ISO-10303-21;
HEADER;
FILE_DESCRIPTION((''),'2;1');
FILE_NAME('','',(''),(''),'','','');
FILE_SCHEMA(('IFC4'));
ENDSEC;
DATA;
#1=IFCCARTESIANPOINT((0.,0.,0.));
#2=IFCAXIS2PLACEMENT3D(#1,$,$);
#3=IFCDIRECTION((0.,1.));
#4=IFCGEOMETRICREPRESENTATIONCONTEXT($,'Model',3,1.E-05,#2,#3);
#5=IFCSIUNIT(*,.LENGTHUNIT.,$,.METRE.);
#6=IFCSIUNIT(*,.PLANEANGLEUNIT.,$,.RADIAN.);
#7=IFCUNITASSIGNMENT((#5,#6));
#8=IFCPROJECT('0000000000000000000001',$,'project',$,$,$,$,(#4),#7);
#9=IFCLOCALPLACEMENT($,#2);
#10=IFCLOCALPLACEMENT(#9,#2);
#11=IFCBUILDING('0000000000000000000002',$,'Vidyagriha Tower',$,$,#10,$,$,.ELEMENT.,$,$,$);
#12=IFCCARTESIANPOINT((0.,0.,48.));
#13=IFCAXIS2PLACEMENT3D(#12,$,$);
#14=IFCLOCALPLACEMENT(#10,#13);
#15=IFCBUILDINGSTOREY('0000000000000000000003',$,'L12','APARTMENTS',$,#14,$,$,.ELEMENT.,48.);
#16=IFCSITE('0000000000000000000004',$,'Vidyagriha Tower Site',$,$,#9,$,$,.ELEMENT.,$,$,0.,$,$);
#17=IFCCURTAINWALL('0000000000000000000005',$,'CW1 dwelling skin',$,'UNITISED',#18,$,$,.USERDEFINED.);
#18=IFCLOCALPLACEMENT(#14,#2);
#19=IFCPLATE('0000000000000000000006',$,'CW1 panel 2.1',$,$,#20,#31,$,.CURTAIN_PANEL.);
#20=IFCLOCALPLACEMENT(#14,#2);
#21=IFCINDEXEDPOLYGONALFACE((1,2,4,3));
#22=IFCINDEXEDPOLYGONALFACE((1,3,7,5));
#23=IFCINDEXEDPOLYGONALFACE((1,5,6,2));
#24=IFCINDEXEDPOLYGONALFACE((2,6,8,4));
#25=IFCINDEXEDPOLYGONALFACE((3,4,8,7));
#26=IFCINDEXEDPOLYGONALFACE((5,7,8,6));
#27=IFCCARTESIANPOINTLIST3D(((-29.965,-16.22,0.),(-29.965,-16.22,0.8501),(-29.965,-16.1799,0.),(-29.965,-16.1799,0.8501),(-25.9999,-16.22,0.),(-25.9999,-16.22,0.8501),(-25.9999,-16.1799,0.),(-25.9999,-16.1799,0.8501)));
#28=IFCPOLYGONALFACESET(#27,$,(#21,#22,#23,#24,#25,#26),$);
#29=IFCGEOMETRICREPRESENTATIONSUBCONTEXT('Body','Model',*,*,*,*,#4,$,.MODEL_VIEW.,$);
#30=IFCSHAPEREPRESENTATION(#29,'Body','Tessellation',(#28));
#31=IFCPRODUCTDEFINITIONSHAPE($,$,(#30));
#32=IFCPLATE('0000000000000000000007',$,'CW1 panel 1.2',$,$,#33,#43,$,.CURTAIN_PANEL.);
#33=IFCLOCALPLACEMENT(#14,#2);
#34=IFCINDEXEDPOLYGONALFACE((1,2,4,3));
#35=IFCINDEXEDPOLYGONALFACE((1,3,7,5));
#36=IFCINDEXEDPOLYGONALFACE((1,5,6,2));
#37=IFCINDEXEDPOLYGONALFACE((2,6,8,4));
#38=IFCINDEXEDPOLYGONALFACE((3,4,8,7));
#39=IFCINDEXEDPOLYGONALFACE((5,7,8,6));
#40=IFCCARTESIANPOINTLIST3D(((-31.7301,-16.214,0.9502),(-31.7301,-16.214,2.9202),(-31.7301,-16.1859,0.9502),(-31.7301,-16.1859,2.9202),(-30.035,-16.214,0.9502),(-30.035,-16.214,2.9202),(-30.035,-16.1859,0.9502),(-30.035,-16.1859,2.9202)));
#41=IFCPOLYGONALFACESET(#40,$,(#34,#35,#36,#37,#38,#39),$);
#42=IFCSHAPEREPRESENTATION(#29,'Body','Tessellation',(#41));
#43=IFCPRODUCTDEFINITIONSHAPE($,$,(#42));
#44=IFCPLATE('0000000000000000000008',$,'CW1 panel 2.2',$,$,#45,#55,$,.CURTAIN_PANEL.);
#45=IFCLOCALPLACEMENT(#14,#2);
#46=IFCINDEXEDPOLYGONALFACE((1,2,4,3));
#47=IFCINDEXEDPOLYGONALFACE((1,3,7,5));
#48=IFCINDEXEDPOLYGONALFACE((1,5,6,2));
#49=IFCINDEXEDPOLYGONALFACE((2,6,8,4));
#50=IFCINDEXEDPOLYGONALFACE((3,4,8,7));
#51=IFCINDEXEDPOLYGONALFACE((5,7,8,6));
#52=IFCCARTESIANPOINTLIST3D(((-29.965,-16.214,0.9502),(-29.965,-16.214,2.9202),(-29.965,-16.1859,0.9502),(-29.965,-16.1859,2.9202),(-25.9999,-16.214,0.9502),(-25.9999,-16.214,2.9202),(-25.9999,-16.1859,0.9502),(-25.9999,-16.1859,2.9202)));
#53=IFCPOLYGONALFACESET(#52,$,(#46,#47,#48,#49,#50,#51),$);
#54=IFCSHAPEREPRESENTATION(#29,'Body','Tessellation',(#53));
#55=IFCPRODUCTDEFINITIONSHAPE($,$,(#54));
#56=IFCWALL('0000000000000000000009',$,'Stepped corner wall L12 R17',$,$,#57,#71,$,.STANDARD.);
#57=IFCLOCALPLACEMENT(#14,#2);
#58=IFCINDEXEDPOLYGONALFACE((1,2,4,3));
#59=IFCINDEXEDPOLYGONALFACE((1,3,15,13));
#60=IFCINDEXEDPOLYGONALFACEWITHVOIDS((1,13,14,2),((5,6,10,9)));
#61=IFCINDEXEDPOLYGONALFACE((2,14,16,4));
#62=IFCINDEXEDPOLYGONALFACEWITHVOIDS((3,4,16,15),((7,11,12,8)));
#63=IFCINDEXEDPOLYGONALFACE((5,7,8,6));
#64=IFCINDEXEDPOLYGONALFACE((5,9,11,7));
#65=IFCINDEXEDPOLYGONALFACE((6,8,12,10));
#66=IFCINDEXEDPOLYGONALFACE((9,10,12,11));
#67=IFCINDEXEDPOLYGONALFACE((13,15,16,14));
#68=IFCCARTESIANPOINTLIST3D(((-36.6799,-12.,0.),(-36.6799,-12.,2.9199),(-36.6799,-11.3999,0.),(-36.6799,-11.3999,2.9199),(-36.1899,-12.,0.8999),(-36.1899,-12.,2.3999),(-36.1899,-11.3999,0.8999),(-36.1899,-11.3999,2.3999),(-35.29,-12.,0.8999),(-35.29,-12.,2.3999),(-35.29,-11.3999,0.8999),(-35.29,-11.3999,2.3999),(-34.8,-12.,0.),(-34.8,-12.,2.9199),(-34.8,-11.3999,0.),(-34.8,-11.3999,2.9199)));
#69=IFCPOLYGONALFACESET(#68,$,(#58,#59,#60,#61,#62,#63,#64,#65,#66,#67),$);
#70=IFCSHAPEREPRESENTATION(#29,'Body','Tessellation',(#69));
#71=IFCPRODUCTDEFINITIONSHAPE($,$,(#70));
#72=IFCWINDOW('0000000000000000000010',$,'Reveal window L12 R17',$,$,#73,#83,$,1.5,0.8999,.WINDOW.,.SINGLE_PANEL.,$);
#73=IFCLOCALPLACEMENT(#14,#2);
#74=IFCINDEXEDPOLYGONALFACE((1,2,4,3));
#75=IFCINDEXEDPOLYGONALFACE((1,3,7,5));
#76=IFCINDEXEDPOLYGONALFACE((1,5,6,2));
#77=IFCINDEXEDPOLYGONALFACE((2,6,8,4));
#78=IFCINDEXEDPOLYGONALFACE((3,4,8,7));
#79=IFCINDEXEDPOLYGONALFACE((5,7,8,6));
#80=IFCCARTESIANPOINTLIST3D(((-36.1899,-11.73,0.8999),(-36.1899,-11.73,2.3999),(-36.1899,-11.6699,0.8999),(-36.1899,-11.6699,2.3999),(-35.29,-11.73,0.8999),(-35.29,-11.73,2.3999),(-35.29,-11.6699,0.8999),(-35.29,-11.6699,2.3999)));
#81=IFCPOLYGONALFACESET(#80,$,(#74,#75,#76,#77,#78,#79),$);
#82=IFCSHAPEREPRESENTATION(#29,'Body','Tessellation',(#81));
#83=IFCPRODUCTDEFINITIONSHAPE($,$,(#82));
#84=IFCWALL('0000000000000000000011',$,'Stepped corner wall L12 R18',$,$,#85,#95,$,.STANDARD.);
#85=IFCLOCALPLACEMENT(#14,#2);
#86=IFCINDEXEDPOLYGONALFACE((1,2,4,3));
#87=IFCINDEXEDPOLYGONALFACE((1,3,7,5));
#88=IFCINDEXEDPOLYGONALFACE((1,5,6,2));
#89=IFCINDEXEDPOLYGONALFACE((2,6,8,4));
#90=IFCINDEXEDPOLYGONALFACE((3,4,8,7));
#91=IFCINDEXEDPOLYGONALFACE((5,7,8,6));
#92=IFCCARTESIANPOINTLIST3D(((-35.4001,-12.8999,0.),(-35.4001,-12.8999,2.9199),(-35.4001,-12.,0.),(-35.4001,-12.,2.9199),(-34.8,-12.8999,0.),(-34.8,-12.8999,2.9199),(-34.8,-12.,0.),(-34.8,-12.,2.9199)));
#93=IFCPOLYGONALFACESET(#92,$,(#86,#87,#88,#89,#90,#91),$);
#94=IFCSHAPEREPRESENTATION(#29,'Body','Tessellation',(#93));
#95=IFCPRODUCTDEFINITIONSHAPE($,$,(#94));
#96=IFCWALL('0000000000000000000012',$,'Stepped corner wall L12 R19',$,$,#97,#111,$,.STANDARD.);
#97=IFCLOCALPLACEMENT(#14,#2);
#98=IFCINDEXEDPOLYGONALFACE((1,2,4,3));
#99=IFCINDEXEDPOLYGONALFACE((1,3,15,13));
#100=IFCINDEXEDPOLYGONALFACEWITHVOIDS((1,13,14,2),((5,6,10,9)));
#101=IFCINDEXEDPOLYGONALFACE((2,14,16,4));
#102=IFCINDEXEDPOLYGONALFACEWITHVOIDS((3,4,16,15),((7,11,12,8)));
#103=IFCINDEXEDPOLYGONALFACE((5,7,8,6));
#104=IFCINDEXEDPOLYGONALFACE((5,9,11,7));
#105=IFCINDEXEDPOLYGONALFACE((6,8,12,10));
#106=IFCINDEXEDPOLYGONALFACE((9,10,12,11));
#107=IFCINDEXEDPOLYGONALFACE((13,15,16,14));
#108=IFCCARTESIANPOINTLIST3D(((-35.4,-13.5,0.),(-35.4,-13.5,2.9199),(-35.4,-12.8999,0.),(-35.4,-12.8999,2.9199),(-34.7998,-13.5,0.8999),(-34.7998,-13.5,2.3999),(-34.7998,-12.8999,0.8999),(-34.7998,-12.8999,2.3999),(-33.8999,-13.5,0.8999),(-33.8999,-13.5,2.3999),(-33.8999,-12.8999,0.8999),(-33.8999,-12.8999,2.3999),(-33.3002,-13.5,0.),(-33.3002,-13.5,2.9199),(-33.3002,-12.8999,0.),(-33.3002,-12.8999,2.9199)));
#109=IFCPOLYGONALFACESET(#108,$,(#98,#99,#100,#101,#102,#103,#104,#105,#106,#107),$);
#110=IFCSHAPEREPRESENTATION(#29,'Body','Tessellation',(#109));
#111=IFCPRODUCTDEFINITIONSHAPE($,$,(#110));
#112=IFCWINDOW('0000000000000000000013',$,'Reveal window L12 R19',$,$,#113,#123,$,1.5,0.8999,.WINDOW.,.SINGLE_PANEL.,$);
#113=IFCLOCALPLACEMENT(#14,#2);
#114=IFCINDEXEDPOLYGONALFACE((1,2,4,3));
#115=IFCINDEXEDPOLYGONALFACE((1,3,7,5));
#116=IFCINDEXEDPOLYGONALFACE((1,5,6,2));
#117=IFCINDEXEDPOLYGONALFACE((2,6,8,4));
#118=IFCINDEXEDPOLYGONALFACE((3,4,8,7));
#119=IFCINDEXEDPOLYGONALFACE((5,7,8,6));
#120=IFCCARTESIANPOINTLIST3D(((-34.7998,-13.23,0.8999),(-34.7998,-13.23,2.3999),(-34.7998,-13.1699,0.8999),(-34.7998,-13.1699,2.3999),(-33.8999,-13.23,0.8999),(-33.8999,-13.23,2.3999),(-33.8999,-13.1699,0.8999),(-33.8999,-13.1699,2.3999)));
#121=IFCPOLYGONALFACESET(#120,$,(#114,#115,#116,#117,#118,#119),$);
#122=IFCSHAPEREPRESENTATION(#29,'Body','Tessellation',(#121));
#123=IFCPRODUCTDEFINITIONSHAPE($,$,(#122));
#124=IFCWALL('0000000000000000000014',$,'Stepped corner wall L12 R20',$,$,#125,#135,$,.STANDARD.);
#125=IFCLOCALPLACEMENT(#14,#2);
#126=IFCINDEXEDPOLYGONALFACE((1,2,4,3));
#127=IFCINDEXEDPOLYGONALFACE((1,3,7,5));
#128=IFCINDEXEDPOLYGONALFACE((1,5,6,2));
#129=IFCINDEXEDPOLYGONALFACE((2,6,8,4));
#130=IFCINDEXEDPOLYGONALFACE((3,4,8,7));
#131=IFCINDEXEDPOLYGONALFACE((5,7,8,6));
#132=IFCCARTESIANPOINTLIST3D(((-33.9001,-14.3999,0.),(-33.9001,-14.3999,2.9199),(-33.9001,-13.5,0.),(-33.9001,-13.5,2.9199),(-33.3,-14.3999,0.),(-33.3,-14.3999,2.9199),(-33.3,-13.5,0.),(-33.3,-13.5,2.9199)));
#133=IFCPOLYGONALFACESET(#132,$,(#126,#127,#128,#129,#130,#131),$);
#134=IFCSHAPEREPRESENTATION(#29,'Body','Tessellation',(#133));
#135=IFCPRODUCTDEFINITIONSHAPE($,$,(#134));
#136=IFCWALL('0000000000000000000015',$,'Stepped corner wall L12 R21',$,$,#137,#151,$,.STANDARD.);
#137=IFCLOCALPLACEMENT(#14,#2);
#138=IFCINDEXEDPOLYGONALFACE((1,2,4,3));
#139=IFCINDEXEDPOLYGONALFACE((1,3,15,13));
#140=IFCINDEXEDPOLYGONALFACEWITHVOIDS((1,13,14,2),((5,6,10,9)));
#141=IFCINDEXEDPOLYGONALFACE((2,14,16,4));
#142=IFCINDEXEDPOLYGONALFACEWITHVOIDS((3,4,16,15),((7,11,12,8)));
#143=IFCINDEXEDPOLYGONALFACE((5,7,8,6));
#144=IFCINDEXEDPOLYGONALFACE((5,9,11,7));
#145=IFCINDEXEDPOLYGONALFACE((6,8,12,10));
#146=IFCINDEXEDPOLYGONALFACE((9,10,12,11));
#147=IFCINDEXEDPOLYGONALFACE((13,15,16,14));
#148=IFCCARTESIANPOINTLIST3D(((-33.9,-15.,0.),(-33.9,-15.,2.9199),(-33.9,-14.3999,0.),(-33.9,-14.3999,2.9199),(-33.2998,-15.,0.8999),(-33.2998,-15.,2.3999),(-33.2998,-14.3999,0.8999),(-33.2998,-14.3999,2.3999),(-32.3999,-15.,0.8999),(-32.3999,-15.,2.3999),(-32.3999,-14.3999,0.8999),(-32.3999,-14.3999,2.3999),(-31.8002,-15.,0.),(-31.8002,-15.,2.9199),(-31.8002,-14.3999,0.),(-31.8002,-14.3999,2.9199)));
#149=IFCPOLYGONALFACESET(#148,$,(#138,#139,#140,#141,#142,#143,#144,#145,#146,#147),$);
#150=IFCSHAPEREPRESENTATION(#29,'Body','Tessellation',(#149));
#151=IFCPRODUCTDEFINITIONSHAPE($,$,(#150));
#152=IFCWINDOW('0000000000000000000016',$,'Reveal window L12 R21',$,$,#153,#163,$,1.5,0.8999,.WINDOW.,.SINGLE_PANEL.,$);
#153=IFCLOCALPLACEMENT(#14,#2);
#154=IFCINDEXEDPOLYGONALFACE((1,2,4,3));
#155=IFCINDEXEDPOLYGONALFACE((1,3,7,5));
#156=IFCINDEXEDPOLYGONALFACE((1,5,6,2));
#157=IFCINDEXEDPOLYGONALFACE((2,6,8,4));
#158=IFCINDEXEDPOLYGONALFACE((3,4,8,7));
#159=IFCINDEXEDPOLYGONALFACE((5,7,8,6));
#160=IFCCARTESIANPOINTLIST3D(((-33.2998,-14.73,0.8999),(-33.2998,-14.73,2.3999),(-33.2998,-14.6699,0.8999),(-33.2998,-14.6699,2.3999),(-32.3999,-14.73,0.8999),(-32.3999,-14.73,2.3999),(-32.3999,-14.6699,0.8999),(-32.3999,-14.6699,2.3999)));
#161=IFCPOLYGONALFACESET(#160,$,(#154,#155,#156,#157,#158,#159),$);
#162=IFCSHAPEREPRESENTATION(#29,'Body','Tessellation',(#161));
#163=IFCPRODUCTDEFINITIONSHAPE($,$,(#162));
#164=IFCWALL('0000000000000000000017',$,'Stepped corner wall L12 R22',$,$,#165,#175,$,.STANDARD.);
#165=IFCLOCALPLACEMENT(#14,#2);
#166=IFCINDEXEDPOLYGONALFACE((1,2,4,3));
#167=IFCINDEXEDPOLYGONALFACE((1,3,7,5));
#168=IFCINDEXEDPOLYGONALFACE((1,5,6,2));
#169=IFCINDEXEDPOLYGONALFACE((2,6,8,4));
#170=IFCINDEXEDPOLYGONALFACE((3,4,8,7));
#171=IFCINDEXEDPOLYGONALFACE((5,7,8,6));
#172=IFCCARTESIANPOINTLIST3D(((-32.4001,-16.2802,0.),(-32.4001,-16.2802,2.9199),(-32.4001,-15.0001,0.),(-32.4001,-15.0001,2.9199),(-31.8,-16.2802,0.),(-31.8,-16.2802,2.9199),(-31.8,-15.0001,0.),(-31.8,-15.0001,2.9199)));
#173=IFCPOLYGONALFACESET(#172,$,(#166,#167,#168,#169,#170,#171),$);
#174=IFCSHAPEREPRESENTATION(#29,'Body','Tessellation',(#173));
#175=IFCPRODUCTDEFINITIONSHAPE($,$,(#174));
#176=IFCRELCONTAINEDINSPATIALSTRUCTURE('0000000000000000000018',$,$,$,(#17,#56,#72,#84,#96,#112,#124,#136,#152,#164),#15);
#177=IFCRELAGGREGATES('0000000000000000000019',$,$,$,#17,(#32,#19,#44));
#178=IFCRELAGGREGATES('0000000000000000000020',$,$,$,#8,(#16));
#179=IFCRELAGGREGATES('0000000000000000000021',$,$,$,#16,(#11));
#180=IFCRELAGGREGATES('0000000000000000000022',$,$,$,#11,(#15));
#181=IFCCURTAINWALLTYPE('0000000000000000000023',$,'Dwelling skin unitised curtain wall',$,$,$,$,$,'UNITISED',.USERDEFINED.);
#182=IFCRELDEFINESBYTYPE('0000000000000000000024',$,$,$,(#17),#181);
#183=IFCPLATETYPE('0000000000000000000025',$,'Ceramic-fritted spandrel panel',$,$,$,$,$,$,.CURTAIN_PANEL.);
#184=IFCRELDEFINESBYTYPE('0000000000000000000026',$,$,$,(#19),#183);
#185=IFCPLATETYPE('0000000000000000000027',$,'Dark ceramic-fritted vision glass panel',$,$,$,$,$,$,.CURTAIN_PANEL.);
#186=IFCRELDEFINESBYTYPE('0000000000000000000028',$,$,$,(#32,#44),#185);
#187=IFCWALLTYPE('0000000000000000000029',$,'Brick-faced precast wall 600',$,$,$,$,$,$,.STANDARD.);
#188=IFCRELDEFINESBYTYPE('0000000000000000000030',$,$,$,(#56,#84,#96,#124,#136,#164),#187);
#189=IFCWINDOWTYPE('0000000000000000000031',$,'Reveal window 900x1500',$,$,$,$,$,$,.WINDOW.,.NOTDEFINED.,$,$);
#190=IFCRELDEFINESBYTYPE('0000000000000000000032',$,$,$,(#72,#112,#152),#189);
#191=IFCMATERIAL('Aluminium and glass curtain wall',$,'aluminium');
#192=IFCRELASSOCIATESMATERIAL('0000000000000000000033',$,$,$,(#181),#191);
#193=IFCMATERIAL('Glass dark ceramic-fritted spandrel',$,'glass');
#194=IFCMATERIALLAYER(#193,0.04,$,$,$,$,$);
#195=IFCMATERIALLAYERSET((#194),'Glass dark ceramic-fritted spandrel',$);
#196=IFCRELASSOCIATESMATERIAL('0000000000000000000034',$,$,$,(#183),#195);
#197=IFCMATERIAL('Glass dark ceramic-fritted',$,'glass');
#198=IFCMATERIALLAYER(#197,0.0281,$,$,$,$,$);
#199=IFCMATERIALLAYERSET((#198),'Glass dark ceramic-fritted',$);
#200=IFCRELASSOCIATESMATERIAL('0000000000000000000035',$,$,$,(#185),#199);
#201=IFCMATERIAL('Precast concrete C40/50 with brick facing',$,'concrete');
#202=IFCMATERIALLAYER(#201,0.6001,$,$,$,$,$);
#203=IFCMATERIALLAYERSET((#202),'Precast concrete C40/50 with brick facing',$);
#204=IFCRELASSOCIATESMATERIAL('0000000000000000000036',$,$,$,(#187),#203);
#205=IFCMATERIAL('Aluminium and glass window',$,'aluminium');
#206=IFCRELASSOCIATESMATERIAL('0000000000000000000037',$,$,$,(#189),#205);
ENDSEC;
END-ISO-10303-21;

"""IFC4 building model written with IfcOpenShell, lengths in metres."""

from ifc_helpers import new_model, si_unit, direction, frame, frame_2d, origin, origin_2d, place, context, subcontext, project, spatial, rectangle, extrude, material, layer, layer_set, type_object, element, fill, aggregate, save


model = new_model("IFC4")

# Units and contexts
model_context = context("Model", 3, precision=1e-05, world=origin(), true_north=direction((0.0, 1.0)))
body_context = subcontext(model_context, "Body", "Model", "MODEL_VIEW")
ifc_project = project(units=[si_unit("LENGTHUNIT", "METRE"), si_unit("PLANEANGLEUNIT", "RADIAN")], contexts=[model_context])

# Site, building, storey
site_placement = place(None, origin())
site = spatial("IfcSite", under=ifc_project, at=site_placement, Name="Vidyagriha Tower Site", CompositionType="ELEMENT", RefElevation=0.0)
building_placement = place(site_placement, origin())
building = spatial("IfcBuilding", under=site, at=building_placement, Name="Vidyagriha Tower", CompositionType="ELEMENT")
storey_placement = place(building_placement, frame((0.0, 0.0, 48.0)))
storey = spatial("IfcBuildingStorey", under=building, at=storey_placement, Name="L12", Description="APARTMENTS", CompositionType="ELEMENT", Elevation=48.0)

# Curtain wall, plates
ifc_material_1 = material(Name="Aluminium and glass curtain wall", Category="aluminium")
curtain_wall_type = type_object("IfcCurtainWallType", Name="Dwelling skin unitised curtain wall", ElementType="UNITISED", PredefinedType="USERDEFINED", material=ifc_material_1)
curtain_wall_placement = place(storey_placement, origin())
curtain_wall = element("IfcCurtainWall", 1, at=curtain_wall_placement, inside=storey, type_object=curtain_wall_type, Name="CW1 dwelling skin", ObjectType="UNITISED", PredefinedType="USERDEFINED")
ifc_material_2 = material(Name="Glass dark ceramic-fritted spandrel", Category="glass")
ifc_layer_1 = layer(ifc_material_2, 0.04)
ifc_layer_set_1 = layer_set([ifc_layer_1], Name="Glass dark ceramic-fritted spandrel")
plate_type_1 = type_object("IfcPlateType", Name="Ceramic-fritted spandrel panel", PredefinedType="CURTAIN_PANEL", material=ifc_layer_set_1)
plate_1_placement = place(storey_placement, frame((-27.9824, -16.2, 0.0)))
plate_1 = element("IfcPlate", 2, at=plate_1_placement, type_object=plate_type_1, Name="CW1 panel 2.1", PredefinedType="CURTAIN_PANEL", context=body_context, shape_type="SweptSolid", body=[
    extrude(rectangle(XDim=3.9651, YDim=0.04, at=origin_2d()), origin(), (0.0, 0.0, 1.0), 0.8501),
])
ifc_material_3 = material(Name="Glass dark ceramic-fritted", Category="glass")
ifc_layer_2 = layer(ifc_material_3, 0.0281)
ifc_layer_set_2 = layer_set([ifc_layer_2], Name="Glass dark ceramic-fritted")
plate_type_2 = type_object("IfcPlateType", Name="Dark ceramic-fritted vision glass panel", PredefinedType="CURTAIN_PANEL", material=ifc_layer_set_2)
plate_2_placement = place(storey_placement, frame((-30.8826, -16.2, 0.9502)))
plate_2 = element("IfcPlate", 3, at=plate_2_placement, type_object=plate_type_2, Name="CW1 panel 1.2", PredefinedType="CURTAIN_PANEL", context=body_context, shape_type="SweptSolid", body=[
    extrude(rectangle(XDim=1.6951, YDim=0.0281, at=origin_2d()), origin(), (0.0, 0.0, 1.0), 1.97),
])
plate_3_placement = place(storey_placement, frame((-27.9824, -16.2, 0.9502)))
plate_3 = element("IfcPlate", 4, at=plate_3_placement, type_object=plate_type_2, Name="CW1 panel 2.2", PredefinedType="CURTAIN_PANEL", context=body_context, shape_type="SweptSolid", body=[
    extrude(rectangle(XDim=3.9651, YDim=0.0281, at=origin_2d()), origin(), (0.0, 0.0, 1.0), 1.97),
])
aggregate(curtain_wall, [plate_2, plate_1, plate_3])

# Wall, opening, window
ifc_material_4 = material(Name="Precast concrete C40/50 with brick facing", Category="concrete")
ifc_layer_3 = layer(ifc_material_4, 0.6001)
ifc_layer_set_3 = layer_set([ifc_layer_3], Name="Precast concrete C40/50 with brick facing")
wall_type = type_object("IfcWallType", Name="Brick-faced precast wall 600", PredefinedType="STANDARD", material=ifc_layer_set_3)
wall_1_placement = place(storey_placement, frame((-36.6799, -11.7, 0.0)))
wall_1 = element("IfcWall", 5, at=wall_1_placement, inside=storey, type_object=wall_type, Name="Stepped corner wall L12 R17", PredefinedType="STANDARD", context=body_context, shape_type="SweptSolid", body=[
    extrude(rectangle(XDim=1.8799, YDim=0.6001, at=frame_2d((0.9399, 0.0))), origin(), (0.0, 0.0, 1.0), 2.9199),
])
opening_1_placement = place(wall_1_placement, frame((0.49, 0.0, 0.8999)))
opening_1 = element("IfcOpeningElement", 6, at=opening_1_placement, cuts=wall_1, PredefinedType="OPENING", context=body_context, shape_type="SweptSolid", body=[
    extrude(rectangle(XDim=0.8999, YDim=1.5, at=frame_2d((0.45, 0.75))), frame((0.0, 0.3101, 0.0), z_axis=(0.0, -1.0, 0.0), x_axis=(1.0, 0.0, 0.0)), (0.0, 0.0, 1.0), 0.6201),
])
ifc_material_5 = material(Name="Aluminium and glass window", Category="aluminium")
window_type = type_object("IfcWindowType", Name="Reveal window 900x1500", PartitioningType="NOTDEFINED", PredefinedType="WINDOW", material=ifc_material_5)
window_1_placement = place(opening_1_placement, origin())
window_1 = element("IfcWindow", 7, at=window_1_placement, inside=storey, type_object=window_type, Name="Reveal window L12 R17", OverallHeight=1.5, OverallWidth=0.8999, PartitioningType="SINGLE_PANEL", PredefinedType="WINDOW", context=body_context, shape_type="SweptSolid", body=[
    extrude(rectangle(XDim=0.8999, YDim=1.5, at=frame_2d((0.45, 0.75))), frame((0.0, 0.03, 0.0), z_axis=(0.0, -1.0, 0.0), x_axis=(1.0, 0.0, 0.0)), (0.0, 0.0, 1.0), 0.0601),
])
fill(opening_1, window_1)

# Wall
wall_2_placement = place(storey_placement, frame((-35.1001, -12.0, 0.0), z_axis=(0.0, 0.0, 1.0), x_axis=(0.0, -1.0, 0.0)))
element("IfcWall", 8, at=wall_2_placement, inside=storey, type_object=wall_type, Name="Stepped corner wall L12 R18", PredefinedType="STANDARD", context=body_context, shape_type="SweptSolid", body=[
    extrude(rectangle(XDim=0.8999, YDim=0.6001, at=frame_2d((0.45, 0.0))), origin(), (0.0, 0.0, 1.0), 2.9199),
])

# Wall, opening, window
wall_3_placement = place(storey_placement, frame((-35.3999, -13.2, 0.0)))
wall_3 = element("IfcWall", 9, at=wall_3_placement, inside=storey, type_object=wall_type, Name="Stepped corner wall L12 R19", PredefinedType="STANDARD", context=body_context, shape_type="SweptSolid", body=[
    extrude(rectangle(XDim=2.0999, YDim=0.6001, at=frame_2d((1.0498, 0.0))), origin(), (0.0, 0.0, 1.0), 2.9199),
])
opening_2_placement = place(wall_3_placement, frame((0.6001, 0.0, 0.8999)))
opening_2 = element("IfcOpeningElement", 10, at=opening_2_placement, cuts=wall_3, PredefinedType="OPENING", context=body_context, shape_type="SweptSolid", body=[
    extrude(rectangle(XDim=0.8999, YDim=1.5, at=frame_2d((0.45, 0.75))), frame((0.0, 0.3101, 0.0), z_axis=(0.0, -1.0, 0.0), x_axis=(1.0, 0.0, 0.0)), (0.0, 0.0, 1.0), 0.6201),
])
window_2_placement = place(opening_2_placement, origin())
window_2 = element("IfcWindow", 11, at=window_2_placement, inside=storey, type_object=window_type, Name="Reveal window L12 R19", OverallHeight=1.5, OverallWidth=0.8999, PartitioningType="SINGLE_PANEL", PredefinedType="WINDOW", context=body_context, shape_type="SweptSolid", body=[
    extrude(rectangle(XDim=0.8999, YDim=1.5, at=frame_2d((0.45, 0.75))), frame((0.0, 0.03, 0.0), z_axis=(0.0, -1.0, 0.0), x_axis=(1.0, 0.0, 0.0)), (0.0, 0.0, 1.0), 0.0601),
])
fill(opening_2, window_2)

# Wall
wall_4_placement = place(storey_placement, frame((-33.6001, -13.5, 0.0), z_axis=(0.0, 0.0, 1.0), x_axis=(0.0, -1.0, 0.0)))
element("IfcWall", 12, at=wall_4_placement, inside=storey, type_object=wall_type, Name="Stepped corner wall L12 R20", PredefinedType="STANDARD", context=body_context, shape_type="SweptSolid", body=[
    extrude(rectangle(XDim=0.8999, YDim=0.6001, at=frame_2d((0.45, 0.0))), origin(), (0.0, 0.0, 1.0), 2.9199),
])

# Wall, opening, window
wall_5_placement = place(storey_placement, frame((-33.8999, -14.7, 0.0)))
wall_5 = element("IfcWall", 13, at=wall_5_placement, inside=storey, type_object=wall_type, Name="Stepped corner wall L12 R21", PredefinedType="STANDARD", context=body_context, shape_type="SweptSolid", body=[
    extrude(rectangle(XDim=2.0999, YDim=0.6001, at=frame_2d((1.0498, 0.0))), origin(), (0.0, 0.0, 1.0), 2.9199),
])
opening_3_placement = place(wall_5_placement, frame((0.6001, 0.0, 0.8999)))
opening_3 = element("IfcOpeningElement", 14, at=opening_3_placement, cuts=wall_5, PredefinedType="OPENING", context=body_context, shape_type="SweptSolid", body=[
    extrude(rectangle(XDim=0.8999, YDim=1.5, at=frame_2d((0.45, 0.75))), frame((0.0, 0.3101, 0.0), z_axis=(0.0, -1.0, 0.0), x_axis=(1.0, 0.0, 0.0)), (0.0, 0.0, 1.0), 0.6201),
])
window_3_placement = place(opening_3_placement, origin())
window_3 = element("IfcWindow", 15, at=window_3_placement, inside=storey, type_object=window_type, Name="Reveal window L12 R21", OverallHeight=1.5, OverallWidth=0.8999, PartitioningType="SINGLE_PANEL", PredefinedType="WINDOW", context=body_context, shape_type="SweptSolid", body=[
    extrude(rectangle(XDim=0.8999, YDim=1.5, at=frame_2d((0.45, 0.75))), frame((0.0, 0.03, 0.0), z_axis=(0.0, -1.0, 0.0), x_axis=(1.0, 0.0, 0.0)), (0.0, 0.0, 1.0), 0.0601),
])
fill(opening_3, window_3)

# Wall
wall_6_placement = place(storey_placement, frame((-32.1001, -15.0, 0.0), z_axis=(0.0, 0.0, 1.0), x_axis=(0.0, -1.0, 0.0)))
element("IfcWall", 16, at=wall_6_placement, inside=storey, type_object=wall_type, Name="Stepped corner wall L12 R22", PredefinedType="STANDARD", context=body_context, shape_type="SweptSolid", body=[
    extrude(rectangle(XDim=1.28, YDim=0.6001, at=frame_2d((0.6401, 0.0))), origin(), (0.0, 0.0, 1.0), 2.9199),
])

save(model, "model.ifc")
